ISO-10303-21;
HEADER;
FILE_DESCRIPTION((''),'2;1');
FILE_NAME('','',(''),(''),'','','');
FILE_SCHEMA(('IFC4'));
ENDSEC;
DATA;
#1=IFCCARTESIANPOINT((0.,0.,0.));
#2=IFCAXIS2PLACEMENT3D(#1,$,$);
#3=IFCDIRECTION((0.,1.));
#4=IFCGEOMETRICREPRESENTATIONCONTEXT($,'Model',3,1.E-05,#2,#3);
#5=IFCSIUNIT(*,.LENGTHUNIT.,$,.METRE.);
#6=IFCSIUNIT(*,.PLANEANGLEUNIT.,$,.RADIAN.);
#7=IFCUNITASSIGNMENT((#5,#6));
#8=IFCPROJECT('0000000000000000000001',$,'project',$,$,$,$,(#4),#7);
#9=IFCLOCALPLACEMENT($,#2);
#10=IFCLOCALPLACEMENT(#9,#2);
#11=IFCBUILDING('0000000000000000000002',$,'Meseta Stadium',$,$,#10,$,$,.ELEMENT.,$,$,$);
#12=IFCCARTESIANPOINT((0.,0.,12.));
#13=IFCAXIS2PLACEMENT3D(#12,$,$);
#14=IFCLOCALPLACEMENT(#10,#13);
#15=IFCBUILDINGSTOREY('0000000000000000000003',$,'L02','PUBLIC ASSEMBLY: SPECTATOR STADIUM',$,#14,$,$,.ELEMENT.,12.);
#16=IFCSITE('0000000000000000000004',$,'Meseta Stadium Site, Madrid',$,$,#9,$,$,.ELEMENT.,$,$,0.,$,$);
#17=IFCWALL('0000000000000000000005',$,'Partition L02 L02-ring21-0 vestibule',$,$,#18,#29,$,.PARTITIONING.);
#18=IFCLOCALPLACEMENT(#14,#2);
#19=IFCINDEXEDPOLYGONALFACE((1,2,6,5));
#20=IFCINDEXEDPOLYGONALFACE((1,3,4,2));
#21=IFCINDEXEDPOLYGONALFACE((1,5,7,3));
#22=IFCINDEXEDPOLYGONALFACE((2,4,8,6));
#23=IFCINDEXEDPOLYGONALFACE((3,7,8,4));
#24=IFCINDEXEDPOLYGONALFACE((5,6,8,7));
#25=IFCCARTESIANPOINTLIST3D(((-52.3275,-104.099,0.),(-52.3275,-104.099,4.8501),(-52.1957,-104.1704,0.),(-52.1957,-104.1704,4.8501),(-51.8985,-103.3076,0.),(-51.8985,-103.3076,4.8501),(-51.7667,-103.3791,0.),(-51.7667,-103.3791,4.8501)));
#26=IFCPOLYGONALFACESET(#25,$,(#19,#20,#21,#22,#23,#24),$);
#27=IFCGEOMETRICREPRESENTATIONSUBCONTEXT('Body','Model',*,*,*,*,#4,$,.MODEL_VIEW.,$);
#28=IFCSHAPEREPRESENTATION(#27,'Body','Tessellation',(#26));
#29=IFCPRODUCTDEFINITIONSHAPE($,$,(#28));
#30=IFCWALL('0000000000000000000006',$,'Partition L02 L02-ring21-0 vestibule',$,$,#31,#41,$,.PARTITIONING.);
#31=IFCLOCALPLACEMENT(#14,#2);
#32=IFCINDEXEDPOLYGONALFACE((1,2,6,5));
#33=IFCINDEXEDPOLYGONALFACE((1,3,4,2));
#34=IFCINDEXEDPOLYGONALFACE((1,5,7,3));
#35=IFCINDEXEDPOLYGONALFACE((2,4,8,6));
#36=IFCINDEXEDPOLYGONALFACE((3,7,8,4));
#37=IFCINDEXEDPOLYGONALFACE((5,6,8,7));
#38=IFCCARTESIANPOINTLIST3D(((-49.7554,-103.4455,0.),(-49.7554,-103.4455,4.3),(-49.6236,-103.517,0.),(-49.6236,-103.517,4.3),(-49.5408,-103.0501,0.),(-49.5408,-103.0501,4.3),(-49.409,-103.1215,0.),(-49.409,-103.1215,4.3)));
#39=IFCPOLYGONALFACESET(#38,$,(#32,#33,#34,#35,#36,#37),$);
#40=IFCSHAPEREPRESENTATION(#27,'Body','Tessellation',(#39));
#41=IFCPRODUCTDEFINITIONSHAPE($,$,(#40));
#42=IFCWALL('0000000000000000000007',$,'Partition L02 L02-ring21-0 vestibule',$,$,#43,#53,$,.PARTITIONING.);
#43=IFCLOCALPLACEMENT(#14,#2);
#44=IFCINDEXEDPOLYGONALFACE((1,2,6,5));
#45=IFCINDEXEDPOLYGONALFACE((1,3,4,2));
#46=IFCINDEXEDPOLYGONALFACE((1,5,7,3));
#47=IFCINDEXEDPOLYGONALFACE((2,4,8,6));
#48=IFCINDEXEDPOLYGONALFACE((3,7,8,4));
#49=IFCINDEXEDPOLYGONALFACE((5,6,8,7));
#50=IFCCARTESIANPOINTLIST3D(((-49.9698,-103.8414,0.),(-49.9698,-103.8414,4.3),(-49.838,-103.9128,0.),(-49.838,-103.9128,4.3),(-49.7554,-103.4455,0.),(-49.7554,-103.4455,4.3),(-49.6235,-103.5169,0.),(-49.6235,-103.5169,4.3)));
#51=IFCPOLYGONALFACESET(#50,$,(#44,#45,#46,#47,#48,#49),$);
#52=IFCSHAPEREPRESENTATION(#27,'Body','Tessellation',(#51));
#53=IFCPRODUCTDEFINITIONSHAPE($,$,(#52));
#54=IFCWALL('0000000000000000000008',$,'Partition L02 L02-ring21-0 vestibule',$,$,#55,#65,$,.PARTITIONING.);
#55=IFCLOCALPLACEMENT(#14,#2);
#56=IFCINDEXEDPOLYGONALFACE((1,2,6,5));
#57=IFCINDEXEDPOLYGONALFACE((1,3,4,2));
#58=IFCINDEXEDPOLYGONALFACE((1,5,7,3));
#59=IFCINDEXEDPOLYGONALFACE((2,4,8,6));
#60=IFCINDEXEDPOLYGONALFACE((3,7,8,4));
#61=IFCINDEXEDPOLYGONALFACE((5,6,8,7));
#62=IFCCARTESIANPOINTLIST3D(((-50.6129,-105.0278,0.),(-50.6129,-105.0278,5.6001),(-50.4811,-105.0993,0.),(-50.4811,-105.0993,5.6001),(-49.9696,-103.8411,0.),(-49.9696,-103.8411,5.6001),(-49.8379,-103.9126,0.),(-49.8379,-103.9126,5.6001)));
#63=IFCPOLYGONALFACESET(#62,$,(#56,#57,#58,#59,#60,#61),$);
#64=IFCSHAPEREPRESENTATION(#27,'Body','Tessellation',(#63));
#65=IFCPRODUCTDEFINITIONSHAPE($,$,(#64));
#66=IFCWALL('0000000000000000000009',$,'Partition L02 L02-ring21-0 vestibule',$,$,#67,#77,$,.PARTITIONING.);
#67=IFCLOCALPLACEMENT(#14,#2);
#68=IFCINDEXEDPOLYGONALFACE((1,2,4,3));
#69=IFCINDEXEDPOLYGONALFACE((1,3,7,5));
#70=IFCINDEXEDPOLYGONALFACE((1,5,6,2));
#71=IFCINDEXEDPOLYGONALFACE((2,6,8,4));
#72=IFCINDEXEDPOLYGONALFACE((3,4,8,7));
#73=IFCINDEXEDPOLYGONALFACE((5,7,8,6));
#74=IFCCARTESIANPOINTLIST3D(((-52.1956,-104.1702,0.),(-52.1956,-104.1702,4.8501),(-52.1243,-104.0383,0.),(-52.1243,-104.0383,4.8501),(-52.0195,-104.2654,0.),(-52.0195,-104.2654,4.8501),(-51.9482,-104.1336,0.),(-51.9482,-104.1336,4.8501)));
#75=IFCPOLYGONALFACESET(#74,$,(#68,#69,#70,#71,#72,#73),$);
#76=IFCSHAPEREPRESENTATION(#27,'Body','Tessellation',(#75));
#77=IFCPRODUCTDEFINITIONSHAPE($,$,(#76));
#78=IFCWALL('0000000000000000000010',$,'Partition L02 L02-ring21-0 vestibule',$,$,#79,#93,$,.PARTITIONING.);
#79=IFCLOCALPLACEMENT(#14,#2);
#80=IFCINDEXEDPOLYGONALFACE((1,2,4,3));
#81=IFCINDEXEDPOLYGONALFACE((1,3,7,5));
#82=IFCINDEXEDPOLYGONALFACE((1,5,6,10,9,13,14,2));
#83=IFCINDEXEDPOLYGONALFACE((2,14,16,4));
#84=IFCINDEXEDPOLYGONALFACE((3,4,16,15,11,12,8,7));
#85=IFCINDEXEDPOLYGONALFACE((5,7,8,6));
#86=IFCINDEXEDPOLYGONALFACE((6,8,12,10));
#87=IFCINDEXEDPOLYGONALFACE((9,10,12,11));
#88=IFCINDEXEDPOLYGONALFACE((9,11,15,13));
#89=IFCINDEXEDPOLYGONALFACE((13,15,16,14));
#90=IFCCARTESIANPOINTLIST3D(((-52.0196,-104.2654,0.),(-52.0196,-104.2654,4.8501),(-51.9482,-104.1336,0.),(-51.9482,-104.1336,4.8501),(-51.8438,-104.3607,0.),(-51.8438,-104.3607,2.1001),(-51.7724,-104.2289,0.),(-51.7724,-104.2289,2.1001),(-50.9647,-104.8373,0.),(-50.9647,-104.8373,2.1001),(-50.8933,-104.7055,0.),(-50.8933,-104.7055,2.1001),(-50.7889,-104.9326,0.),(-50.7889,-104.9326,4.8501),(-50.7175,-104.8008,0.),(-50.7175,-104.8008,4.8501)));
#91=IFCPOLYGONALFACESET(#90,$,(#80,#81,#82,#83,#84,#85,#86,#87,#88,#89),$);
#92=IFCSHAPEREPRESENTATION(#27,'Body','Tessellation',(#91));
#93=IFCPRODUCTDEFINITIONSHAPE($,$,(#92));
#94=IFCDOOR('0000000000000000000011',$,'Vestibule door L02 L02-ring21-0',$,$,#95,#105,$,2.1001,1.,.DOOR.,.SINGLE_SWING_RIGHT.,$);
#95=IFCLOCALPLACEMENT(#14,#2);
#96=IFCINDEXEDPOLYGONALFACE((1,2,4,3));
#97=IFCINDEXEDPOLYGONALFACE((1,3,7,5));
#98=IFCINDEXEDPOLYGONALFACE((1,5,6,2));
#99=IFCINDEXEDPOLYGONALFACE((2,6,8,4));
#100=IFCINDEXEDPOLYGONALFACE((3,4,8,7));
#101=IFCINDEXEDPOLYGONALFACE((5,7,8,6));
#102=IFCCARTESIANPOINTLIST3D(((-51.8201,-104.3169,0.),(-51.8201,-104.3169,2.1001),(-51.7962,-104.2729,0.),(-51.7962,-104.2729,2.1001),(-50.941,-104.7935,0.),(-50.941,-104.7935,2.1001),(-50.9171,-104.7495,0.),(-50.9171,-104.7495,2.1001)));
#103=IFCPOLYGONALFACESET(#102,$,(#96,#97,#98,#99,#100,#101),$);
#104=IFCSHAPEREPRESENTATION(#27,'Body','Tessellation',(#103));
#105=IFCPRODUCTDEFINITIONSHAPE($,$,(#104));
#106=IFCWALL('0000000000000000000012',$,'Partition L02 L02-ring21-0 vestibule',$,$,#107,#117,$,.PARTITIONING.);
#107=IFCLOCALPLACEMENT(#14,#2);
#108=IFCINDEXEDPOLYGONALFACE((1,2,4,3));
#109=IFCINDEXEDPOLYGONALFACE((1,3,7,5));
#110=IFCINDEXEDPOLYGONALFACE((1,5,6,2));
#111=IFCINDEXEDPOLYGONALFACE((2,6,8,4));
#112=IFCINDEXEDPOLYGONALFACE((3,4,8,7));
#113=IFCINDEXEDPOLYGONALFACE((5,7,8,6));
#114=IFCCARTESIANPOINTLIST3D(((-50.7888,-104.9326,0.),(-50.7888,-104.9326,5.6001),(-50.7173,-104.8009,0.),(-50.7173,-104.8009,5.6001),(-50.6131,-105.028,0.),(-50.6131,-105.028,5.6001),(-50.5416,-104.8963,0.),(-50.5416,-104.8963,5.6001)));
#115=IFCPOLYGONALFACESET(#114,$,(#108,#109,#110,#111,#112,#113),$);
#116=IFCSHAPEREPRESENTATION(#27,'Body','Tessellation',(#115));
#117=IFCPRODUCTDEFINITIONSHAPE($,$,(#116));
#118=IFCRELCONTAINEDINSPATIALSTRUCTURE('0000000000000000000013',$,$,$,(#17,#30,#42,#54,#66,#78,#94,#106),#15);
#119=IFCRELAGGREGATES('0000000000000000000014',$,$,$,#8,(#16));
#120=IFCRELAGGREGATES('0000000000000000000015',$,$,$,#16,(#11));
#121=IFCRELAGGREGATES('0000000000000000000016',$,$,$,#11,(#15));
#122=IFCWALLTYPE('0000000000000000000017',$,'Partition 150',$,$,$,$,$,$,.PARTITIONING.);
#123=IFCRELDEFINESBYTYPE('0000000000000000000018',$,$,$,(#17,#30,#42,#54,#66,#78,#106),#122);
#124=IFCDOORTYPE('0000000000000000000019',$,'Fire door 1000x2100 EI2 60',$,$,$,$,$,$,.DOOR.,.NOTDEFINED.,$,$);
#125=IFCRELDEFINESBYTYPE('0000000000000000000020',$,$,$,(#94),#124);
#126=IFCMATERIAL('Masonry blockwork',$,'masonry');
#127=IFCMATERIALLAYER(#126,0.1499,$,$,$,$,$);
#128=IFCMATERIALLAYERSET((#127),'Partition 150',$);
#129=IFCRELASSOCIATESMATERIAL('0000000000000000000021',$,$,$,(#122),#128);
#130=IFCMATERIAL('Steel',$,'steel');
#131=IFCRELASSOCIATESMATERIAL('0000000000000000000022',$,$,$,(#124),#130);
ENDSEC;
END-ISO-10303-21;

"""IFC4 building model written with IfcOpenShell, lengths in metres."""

from ifc_helpers import new_model, si_unit, direction, frame, frame_2d, origin, place, context, subcontext, project, spatial, rectangle, extrude, material, layer, layer_set, type_object, element, fill, save


model = new_model("IFC4")

# Units and contexts
model_context = context("Model", 3, precision=1e-05, world=origin(), true_north=direction((0.0, 1.0)))
body_context = subcontext(model_context, "Body", "Model", "MODEL_VIEW")
ifc_project = project(units=[si_unit("LENGTHUNIT", "METRE"), si_unit("PLANEANGLEUNIT", "RADIAN")], contexts=[model_context])

# Site, building, storey
site_placement = place(None, origin())
site = spatial("IfcSite", under=ifc_project, at=site_placement, Name="Meseta Stadium Site, Madrid", CompositionType="ELEMENT", RefElevation=0.0)
building_placement = place(site_placement, origin())
building = spatial("IfcBuilding", under=site, at=building_placement, Name="Meseta Stadium", CompositionType="ELEMENT")
storey_placement = place(building_placement, frame((0.0, 0.0, 12.0)))
storey = spatial("IfcBuildingStorey", under=building, at=storey_placement, Name="L02", Description="PUBLIC ASSEMBLY: SPECTATOR STADIUM", CompositionType="ELEMENT", Elevation=12.0)

# Walls
ifc_material_1 = material(Name="Masonry blockwork", Category="masonry")
ifc_layer = layer(ifc_material_1, 0.1499)
ifc_layer_set = layer_set([ifc_layer], Name="Partition 150")
wall_type = type_object("IfcWallType", Name="Partition 150", PredefinedType="PARTITIONING", material=ifc_layer_set)
wall_1_placement = place(storey_placement, frame((-51.8325, -103.3433, 0.0), z_axis=(0.0, 0.0, 1.0), x_axis=(-0.476589, -0.879126, 0.0)))
element("IfcWall", 1, at=wall_1_placement, inside=storey, type_object=wall_type, Name="Partition L02 L02-ring21-0 vestibule", PredefinedType="PARTITIONING", context=body_context, shape_type="SweptSolid", body=[
    extrude(rectangle(XDim=0.9001, YDim=0.1499, at=frame_2d((0.4502, 0.0))), origin(), (0.0, 0.0, 1.0), 4.8501),
])
wall_2_placement = place(storey_placement, frame((-49.4749, -103.0857, 0.0), z_axis=(0.0, 0.0, 1.0), x_axis=(-0.476912, -0.878951, 0.0)))
element("IfcWall", 2, at=wall_2_placement, inside=storey, type_object=wall_type, Name="Partition L02 L02-ring21-0 vestibule", PredefinedType="PARTITIONING", context=body_context, shape_type="SweptSolid", body=[
    extrude(rectangle(XDim=0.45, YDim=0.1499, at=frame_2d((0.2251, 0.0))), origin(), (0.0, 0.0, 1.0), 4.3),
])
wall_3_placement = place(storey_placement, frame((-49.6895, -103.4812, 0.0), z_axis=(0.0, 0.0, 1.0), x_axis=(-0.476266, -0.879301, 0.0)))
element("IfcWall", 3, at=wall_3_placement, inside=storey, type_object=wall_type, Name="Partition L02 L02-ring21-0 vestibule", PredefinedType="PARTITIONING", context=body_context, shape_type="SweptSolid", body=[
    extrude(rectangle(XDim=0.4502, YDim=0.1499, at=frame_2d((0.2251, 0.0))), origin(), (0.0, 0.0, 1.0), 4.3),
])
wall_4_placement = place(storey_placement, frame((-49.9038, -103.877, 0.0), z_axis=(0.0, 0.0, 1.0), x_axis=(-0.476557, -0.879144, 0.0)))
element("IfcWall", 4, at=wall_4_placement, inside=storey, type_object=wall_type, Name="Partition L02 L02-ring21-0 vestibule", PredefinedType="PARTITIONING", context=body_context, shape_type="SweptSolid", body=[
    extrude(rectangle(XDim=1.3499, YDim=0.1499, at=frame_2d((0.6748, 0.0))), origin(), (0.0, 0.0, 1.0), 5.6001),
])
wall_5_placement = place(storey_placement, frame((-52.1599, -104.1042, 0.0), z_axis=(0.0, 0.0, 1.0), x_axis=(0.879569, -0.475772, 0.0)))
element("IfcWall", 5, at=wall_5_placement, inside=storey, type_object=wall_type, Name="Partition L02 L02-ring21-0 vestibule", PredefinedType="PARTITIONING", context=body_context, shape_type="SweptSolid", body=[
    extrude(rectangle(XDim=0.2002, YDim=0.1499, at=frame_2d((0.1001, 0.0))), origin(), (0.0, 0.0, 1.0), 4.8501),
])

# Wall, opening, door
wall_6_placement = place(storey_placement, frame((-51.9839, -104.1995, 0.0), z_axis=(0.0, 0.0, 1.0), x_axis=(0.879112, -0.476615, 0.0)))
wall_6 = element("IfcWall", 6, at=wall_6_placement, inside=storey, type_object=wall_type, Name="Partition L02 L02-ring21-0 vestibule", PredefinedType="PARTITIONING", context=body_context, shape_type="SweptSolid", body=[
    extrude(rectangle(XDim=1.3999, YDim=0.1499, at=frame_2d((0.7, 0.0))), origin(), (0.0, 0.0, 1.0), 4.8501),
])
opening_placement = place(wall_6_placement, frame((0.2, 0.0, 0.0)))
opening = element("IfcOpeningElement", 7, at=opening_placement, cuts=wall_6, PredefinedType="OPENING", context=body_context, shape_type="SweptSolid", body=[
    extrude(rectangle(XDim=1.0, YDim=2.1001, at=frame_2d((0.5, 1.05))), frame((0.0, 0.085, 0.0), z_axis=(0.0, -1.0, 0.0), x_axis=(1.0, 0.0, 0.0)), (0.0, 0.0, 1.0), 0.1699),
])
ifc_material_2 = material(Name="Steel", Category="steel")
door_type = type_object("IfcDoorType", Name="Fire door 1000x2100 EI2 60", OperationType="NOTDEFINED", PredefinedType="DOOR", material=ifc_material_2)
door_placement = place(opening_placement, origin())
door = element("IfcDoor", 8, at=door_placement, inside=storey, type_object=door_type, Name="Vestibule door L02 L02-ring21-0", OperationType="SINGLE_SWING_RIGHT", OverallHeight=2.1001, OverallWidth=1.0, PredefinedType="DOOR", context=body_context, shape_type="SweptSolid", body=[
    extrude(rectangle(XDim=1.0, YDim=2.1001, at=frame_2d((0.5, 1.05))), frame((0.0, 0.0249, 0.0), z_axis=(0.0, -1.0, 0.0), x_axis=(1.0, 0.0, 0.0)), (0.0, 0.0, 1.0), 0.05),
])
fill(opening, door)

# Wall
wall_7_placement = place(storey_placement, frame((-50.7532, -104.8667, 0.0), z_axis=(0.0, 0.0, 1.0), x_axis=(0.87878, -0.477227, 0.0)))
element("IfcWall", 9, at=wall_7_placement, inside=storey, type_object=wall_type, Name="Partition L02 L02-ring21-0 vestibule", PredefinedType="PARTITIONING", context=body_context, shape_type="SweptSolid", body=[
    extrude(rectangle(XDim=0.2, YDim=0.1499, at=frame_2d((0.1001, 0.0))), origin(), (0.0, 0.0, 1.0), 5.6001),
])

save(model, "model.ifc")
